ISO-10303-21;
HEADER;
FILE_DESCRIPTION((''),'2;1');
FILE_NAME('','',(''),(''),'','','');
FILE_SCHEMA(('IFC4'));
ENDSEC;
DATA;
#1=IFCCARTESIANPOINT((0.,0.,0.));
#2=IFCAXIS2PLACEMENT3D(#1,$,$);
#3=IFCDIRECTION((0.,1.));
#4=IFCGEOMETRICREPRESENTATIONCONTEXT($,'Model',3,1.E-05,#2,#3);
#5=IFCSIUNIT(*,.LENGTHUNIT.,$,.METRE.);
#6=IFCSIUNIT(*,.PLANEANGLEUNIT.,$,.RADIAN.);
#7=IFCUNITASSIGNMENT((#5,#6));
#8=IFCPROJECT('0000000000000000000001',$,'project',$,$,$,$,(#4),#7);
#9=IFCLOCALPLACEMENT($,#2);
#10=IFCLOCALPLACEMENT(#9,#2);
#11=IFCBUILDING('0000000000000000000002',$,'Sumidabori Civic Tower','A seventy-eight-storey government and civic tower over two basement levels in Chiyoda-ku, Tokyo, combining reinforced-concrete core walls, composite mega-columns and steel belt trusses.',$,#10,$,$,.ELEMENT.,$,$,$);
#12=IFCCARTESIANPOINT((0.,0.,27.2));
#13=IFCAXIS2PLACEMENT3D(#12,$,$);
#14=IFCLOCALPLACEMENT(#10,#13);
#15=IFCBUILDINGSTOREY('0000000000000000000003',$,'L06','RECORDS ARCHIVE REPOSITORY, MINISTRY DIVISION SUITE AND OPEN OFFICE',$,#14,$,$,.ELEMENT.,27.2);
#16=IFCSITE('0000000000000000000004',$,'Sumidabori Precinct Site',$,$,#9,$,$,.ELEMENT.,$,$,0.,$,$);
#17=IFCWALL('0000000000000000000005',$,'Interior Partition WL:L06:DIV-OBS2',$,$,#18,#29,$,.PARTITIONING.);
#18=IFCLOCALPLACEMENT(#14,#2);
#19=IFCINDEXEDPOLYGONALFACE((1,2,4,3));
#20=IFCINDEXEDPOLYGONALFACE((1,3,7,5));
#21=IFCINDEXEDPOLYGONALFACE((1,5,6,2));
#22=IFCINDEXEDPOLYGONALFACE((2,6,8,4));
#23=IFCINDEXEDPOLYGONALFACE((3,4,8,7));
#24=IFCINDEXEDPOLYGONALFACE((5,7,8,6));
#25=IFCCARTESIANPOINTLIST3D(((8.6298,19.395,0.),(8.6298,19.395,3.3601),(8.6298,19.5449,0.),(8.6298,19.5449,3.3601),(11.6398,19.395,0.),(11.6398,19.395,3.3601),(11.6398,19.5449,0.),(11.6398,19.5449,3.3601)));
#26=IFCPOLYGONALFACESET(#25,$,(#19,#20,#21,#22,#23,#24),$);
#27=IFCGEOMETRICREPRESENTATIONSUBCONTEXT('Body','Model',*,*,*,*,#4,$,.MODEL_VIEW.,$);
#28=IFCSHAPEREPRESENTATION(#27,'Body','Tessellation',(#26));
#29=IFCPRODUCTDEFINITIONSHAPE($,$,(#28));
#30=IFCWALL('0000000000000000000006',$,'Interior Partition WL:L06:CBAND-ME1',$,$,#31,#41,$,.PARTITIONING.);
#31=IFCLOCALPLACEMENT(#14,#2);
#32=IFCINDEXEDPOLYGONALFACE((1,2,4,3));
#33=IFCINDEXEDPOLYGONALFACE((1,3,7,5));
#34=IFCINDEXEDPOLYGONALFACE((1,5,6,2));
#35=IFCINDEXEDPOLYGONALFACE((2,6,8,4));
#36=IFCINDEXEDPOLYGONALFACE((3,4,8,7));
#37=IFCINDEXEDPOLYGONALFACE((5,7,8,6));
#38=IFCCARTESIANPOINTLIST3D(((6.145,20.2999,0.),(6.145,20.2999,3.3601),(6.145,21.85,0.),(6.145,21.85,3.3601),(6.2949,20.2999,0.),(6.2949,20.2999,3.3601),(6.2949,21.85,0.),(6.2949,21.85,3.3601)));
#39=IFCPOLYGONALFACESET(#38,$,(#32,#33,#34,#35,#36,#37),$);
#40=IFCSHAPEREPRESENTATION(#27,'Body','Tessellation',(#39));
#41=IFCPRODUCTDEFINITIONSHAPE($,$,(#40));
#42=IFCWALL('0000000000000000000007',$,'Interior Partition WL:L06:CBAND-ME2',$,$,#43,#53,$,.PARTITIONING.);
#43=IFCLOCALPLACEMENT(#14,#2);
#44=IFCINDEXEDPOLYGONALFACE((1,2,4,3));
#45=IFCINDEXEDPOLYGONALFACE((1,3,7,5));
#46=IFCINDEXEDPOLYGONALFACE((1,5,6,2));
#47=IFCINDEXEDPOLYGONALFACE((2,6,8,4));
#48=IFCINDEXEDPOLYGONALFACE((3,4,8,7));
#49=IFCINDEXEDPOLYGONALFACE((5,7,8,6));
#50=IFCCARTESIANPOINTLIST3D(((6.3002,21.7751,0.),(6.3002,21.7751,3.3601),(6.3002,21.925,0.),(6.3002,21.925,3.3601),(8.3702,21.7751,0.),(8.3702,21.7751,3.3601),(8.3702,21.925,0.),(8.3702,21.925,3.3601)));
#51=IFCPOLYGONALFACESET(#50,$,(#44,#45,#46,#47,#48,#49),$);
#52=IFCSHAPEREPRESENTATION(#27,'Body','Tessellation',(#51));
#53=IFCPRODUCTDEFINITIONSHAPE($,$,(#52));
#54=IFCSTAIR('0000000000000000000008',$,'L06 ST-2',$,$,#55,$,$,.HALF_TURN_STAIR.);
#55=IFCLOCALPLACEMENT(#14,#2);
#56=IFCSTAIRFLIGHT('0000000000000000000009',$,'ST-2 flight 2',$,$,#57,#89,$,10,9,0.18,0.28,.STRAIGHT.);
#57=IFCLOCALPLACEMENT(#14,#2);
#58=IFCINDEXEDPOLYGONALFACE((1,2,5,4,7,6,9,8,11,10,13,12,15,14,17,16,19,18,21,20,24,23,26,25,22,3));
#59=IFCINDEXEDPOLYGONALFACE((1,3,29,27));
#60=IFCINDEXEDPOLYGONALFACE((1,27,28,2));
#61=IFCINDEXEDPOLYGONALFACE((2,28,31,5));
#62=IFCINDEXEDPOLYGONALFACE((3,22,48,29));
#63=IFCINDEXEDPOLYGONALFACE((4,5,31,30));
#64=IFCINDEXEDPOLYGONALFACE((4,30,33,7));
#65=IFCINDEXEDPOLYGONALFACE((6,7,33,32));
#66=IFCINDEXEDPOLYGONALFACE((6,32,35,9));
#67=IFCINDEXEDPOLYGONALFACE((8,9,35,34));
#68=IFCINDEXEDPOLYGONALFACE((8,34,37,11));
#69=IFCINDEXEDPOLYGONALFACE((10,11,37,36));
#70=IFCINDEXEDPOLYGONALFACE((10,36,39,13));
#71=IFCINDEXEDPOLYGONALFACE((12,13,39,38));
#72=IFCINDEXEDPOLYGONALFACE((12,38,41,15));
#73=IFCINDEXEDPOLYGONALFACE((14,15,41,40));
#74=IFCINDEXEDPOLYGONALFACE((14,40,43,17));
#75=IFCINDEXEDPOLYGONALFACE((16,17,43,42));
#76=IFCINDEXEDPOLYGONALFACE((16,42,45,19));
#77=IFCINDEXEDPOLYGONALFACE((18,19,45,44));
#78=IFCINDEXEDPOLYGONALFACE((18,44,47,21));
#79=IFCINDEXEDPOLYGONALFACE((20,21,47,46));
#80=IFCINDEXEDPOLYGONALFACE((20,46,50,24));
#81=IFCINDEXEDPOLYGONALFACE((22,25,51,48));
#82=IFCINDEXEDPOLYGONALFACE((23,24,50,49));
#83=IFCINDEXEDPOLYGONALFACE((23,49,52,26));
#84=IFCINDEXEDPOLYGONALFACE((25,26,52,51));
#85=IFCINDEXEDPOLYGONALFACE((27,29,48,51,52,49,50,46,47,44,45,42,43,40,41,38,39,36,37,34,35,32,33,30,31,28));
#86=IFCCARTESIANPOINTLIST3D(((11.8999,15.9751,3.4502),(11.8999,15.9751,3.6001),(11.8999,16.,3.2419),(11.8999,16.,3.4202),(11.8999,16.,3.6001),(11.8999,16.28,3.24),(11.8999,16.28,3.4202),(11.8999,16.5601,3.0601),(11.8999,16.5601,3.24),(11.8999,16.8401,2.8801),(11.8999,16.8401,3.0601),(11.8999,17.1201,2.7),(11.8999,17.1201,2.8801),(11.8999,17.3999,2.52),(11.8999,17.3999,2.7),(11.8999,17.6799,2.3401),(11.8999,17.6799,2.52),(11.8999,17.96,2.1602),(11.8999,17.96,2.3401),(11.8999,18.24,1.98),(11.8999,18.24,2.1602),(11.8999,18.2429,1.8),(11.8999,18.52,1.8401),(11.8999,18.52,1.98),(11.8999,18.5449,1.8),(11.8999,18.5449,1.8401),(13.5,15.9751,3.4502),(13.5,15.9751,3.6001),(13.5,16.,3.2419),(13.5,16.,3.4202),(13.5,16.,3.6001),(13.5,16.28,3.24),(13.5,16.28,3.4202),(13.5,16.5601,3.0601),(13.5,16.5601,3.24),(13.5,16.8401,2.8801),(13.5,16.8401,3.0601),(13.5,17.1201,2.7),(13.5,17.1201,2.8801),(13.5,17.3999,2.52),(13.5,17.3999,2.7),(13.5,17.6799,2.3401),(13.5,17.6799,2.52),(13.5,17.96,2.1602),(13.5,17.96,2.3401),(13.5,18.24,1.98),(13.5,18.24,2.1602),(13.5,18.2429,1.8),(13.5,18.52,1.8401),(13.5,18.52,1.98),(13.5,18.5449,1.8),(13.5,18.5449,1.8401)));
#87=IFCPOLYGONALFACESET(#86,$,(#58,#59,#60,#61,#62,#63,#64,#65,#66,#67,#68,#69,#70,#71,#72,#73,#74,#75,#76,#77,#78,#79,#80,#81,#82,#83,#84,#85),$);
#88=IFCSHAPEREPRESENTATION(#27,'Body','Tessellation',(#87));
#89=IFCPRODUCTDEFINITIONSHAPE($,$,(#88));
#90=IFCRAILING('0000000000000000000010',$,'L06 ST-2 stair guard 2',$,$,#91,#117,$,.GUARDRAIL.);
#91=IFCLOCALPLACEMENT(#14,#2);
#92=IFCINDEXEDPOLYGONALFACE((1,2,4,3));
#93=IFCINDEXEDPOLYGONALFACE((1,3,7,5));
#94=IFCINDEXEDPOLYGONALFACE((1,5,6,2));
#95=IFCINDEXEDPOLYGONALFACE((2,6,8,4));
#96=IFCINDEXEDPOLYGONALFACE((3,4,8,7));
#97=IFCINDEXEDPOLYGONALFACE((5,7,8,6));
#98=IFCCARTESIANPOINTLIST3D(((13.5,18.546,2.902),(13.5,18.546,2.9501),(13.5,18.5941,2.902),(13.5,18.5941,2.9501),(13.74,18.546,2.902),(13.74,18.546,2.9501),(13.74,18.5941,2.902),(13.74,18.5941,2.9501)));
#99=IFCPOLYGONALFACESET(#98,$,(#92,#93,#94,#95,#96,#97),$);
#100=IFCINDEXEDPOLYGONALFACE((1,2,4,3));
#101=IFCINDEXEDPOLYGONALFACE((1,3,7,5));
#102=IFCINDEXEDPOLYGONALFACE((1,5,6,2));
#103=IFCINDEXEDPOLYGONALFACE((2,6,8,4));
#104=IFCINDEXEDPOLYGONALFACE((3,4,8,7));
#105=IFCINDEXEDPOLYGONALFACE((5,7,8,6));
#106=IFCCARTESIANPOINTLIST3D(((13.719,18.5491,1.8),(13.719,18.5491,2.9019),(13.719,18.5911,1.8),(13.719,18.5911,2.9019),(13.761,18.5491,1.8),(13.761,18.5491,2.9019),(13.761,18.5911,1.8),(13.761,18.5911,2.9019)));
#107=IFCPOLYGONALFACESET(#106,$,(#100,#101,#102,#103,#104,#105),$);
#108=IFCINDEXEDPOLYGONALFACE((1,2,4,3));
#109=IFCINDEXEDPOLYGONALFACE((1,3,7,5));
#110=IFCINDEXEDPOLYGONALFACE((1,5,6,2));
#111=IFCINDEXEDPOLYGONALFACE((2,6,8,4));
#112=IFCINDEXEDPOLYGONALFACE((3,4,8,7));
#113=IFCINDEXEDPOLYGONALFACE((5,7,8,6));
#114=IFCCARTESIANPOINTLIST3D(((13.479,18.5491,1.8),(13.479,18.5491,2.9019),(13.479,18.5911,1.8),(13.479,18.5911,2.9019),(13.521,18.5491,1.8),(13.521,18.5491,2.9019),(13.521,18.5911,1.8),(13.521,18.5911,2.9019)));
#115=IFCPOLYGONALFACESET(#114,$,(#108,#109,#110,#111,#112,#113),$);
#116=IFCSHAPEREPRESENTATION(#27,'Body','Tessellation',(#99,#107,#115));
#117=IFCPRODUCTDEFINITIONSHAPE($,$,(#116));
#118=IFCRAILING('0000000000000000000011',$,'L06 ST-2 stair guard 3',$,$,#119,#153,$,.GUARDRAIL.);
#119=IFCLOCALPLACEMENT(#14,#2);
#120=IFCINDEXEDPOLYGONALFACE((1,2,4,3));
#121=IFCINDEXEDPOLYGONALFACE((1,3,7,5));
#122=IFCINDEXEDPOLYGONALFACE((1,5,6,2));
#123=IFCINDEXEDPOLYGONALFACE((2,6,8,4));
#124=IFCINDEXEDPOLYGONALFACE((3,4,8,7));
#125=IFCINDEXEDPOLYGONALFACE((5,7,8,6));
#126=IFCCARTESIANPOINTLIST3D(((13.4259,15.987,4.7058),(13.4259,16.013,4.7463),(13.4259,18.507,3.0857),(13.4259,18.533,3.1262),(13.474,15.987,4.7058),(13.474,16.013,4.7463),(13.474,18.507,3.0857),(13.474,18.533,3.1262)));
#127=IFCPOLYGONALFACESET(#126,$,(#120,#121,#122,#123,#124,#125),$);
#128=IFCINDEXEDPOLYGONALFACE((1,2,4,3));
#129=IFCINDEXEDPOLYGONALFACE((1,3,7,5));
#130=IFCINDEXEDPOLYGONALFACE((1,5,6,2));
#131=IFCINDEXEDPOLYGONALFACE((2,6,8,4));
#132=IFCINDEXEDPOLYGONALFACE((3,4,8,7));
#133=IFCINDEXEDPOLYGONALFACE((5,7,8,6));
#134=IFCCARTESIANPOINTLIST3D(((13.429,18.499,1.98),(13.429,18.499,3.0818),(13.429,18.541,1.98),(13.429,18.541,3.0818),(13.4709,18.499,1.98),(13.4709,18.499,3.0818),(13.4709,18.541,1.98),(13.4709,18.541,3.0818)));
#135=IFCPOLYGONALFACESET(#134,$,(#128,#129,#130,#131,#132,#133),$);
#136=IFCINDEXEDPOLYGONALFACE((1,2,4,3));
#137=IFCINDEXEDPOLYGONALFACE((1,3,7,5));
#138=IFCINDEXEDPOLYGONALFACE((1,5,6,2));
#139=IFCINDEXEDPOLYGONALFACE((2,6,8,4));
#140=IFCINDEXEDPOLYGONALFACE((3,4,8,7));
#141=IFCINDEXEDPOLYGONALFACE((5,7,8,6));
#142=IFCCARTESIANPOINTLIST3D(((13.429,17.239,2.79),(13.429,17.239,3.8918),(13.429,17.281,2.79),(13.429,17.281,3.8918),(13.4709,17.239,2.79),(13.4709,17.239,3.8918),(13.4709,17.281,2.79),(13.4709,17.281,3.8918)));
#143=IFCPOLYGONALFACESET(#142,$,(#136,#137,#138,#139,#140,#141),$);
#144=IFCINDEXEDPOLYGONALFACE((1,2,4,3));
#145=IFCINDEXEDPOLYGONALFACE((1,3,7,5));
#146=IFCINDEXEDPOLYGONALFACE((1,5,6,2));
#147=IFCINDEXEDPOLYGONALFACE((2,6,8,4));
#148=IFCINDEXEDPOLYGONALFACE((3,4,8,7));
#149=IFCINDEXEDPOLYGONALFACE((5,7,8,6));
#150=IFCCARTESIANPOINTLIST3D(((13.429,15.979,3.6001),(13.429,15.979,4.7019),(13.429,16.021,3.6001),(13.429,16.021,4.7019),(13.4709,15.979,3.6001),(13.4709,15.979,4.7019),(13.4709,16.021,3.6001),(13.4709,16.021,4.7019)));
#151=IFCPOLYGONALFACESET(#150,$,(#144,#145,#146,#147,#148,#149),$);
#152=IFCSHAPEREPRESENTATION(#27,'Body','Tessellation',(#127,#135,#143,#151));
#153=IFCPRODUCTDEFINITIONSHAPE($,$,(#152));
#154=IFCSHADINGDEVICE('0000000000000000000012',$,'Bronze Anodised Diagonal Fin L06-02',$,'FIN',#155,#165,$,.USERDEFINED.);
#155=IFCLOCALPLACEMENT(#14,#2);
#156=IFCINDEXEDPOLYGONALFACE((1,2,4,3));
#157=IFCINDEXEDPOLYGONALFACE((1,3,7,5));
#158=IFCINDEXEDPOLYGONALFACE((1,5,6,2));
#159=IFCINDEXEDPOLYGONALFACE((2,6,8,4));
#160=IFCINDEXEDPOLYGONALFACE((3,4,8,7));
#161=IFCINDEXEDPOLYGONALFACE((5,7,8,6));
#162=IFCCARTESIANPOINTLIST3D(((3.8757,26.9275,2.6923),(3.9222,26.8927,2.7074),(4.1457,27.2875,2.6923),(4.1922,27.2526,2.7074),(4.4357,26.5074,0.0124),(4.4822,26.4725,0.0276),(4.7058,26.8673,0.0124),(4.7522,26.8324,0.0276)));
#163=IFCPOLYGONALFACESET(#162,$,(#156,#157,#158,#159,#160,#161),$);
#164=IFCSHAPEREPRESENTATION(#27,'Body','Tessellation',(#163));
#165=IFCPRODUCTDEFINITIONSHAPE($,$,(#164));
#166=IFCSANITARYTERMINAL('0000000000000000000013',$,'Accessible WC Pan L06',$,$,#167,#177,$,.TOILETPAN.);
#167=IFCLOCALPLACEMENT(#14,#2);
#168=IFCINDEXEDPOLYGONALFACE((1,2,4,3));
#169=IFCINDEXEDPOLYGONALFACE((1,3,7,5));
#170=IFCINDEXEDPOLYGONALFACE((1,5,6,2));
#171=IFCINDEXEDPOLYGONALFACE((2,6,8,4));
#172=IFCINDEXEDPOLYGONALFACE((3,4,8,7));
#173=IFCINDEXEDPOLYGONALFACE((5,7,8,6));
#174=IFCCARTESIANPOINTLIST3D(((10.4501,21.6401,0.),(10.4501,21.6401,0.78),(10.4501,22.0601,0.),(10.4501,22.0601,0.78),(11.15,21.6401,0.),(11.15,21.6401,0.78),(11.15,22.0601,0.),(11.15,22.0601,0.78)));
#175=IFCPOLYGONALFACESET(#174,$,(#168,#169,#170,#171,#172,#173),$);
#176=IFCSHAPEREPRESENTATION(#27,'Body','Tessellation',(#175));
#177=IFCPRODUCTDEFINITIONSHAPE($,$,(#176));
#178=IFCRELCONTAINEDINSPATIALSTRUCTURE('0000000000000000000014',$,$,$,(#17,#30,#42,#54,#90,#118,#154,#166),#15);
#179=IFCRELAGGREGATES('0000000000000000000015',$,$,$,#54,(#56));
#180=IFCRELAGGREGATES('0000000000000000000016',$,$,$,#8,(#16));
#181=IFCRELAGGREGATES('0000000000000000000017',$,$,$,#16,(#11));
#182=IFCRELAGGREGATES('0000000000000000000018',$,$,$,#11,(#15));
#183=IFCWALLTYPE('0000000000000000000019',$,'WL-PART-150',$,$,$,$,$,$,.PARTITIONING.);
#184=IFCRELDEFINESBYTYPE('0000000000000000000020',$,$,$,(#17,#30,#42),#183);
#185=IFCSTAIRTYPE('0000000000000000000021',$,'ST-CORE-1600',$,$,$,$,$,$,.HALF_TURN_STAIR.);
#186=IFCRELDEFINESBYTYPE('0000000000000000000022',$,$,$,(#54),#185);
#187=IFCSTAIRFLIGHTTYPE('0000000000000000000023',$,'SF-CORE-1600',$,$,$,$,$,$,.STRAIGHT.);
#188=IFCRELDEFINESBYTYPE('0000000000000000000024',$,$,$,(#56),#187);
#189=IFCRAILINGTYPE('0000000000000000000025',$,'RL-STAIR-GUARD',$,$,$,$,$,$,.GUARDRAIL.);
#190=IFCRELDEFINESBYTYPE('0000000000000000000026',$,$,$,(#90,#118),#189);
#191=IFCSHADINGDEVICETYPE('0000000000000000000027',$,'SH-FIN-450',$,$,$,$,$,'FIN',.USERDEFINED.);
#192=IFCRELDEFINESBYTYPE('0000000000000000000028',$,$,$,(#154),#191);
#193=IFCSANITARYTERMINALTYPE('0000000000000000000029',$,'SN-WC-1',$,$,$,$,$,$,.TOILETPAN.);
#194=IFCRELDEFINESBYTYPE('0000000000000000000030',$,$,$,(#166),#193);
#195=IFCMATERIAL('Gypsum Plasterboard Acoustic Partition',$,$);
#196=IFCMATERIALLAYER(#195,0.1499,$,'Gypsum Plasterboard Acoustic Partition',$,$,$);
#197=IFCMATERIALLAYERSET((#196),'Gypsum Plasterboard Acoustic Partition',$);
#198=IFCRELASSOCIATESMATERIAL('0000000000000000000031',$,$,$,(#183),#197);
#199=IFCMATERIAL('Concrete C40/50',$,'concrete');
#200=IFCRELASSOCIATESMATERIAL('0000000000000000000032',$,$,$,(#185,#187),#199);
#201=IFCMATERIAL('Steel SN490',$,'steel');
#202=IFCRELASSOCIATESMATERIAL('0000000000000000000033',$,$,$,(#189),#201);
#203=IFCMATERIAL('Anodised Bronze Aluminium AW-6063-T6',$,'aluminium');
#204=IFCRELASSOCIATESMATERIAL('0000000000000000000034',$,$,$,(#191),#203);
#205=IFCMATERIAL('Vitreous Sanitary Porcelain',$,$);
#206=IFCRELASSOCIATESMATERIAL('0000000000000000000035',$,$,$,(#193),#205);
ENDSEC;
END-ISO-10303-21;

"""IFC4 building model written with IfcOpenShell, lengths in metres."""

from ifc_helpers import new_model, si_unit, direction, frame, frame_2d, origin, origin_2d, place, context, subcontext, project, spatial, polyline, rectangle, outline, extrude, source, transform, mapped, material, layer, layer_set, material_profile, profile_set, type_object, element, aggregate, save


model = new_model("IFC4")

# Units and contexts
model_context = context("Model", 3, precision=1e-05, world=origin(), true_north=direction((0.0, 1.0)))
body_context = subcontext(model_context, "Body", "Model", "MODEL_VIEW")
ifc_project = project(units=[si_unit("LENGTHUNIT", "METRE"), si_unit("PLANEANGLEUNIT", "RADIAN")], contexts=[model_context])

# Site, building, storey
site_placement = place(None, origin())
site = spatial("IfcSite", under=ifc_project, at=site_placement, Name="Sumidabori Precinct Site", CompositionType="ELEMENT", RefElevation=0.0)
building_placement = place(site_placement, origin())
building = spatial("IfcBuilding", under=site, at=building_placement, Name="Sumidabori Civic Tower", Description="A seventy-eight-storey government and civic tower over two basement levels in Chiyoda-ku, Tokyo, combining reinforced-concrete core walls, composite mega-columns and steel belt trusses.", CompositionType="ELEMENT")
storey_placement = place(building_placement, frame((0.0, 0.0, 27.2)))
storey = spatial("IfcBuildingStorey", under=building, at=storey_placement, Name="L06", Description="RECORDS ARCHIVE REPOSITORY, MINISTRY DIVISION SUITE AND OPEN OFFICE", CompositionType="ELEMENT", Elevation=27.2)

# Shared definitions
ifc_material_1 = material(Name="Steel SN490", Category="steel")

# Shared definitions
ifc_material_2 = material(Name="Anodised Bronze Aluminium AW-6063-T6", Category="aluminium")

# Walls
ifc_material_3 = material(Name="Gypsum Plasterboard Acoustic Partition")
ifc_layer_1 = layer(ifc_material_3, 0.1499, Name="Gypsum Plasterboard Acoustic Partition")
ifc_layer_set_1 = layer_set([ifc_layer_1], Name="Gypsum Plasterboard Acoustic Partition")
wall_type_1 = type_object("IfcWallType", Name="WL-PART-150", PredefinedType="PARTITIONING", material=ifc_layer_set_1)
shared_shape_1 = source(origin(), body_context, "Body", "SweptSolid", [
    extrude(rectangle(XDim=3.01, YDim=0.1499, at=frame_2d((1.5049, 0.0))), origin(), (0.0, 0.0, 1.0), 3.3601),
])
wall_1_placement = place(storey_placement, frame((8.6299, 19.47, 0.0), z_axis=(0.0, 0.0, 1.0), x_axis=(1.0, 0.0, 0.0)))
element("IfcWall", 1, at=wall_1_placement, inside=storey, type_object=wall_type_1, Name="Interior Partition WL:L06:DIV-OBS2", PredefinedType="PARTITIONING", context=body_context, shape_type="MappedRepresentation", body=[
    mapped(shared_shape_1, transform((0.0, 0.0, 0.0), x_axis=(1.0, 0.0, 0.0), y_axis=(0.0, 1.0, 0.0), z_axis=(0.0, 0.0, 1.0), scale=1.0)),
])
shared_shape_2 = source(origin(), body_context, "Body", "SweptSolid", [
    extrude(rectangle(XDim=1.55, YDim=0.1499, at=frame_2d((0.7749, 0.0))), origin(), (0.0, 0.0, 1.0), 3.3601),
])
wall_2_placement = place(storey_placement, frame((6.22, 20.3, 0.0), z_axis=(0.0, 0.0, 1.0), x_axis=(0.0, 1.0, 0.0)))
element("IfcWall", 2, at=wall_2_placement, inside=storey, type_object=wall_type_1, Name="Interior Partition WL:L06:CBAND-ME1", PredefinedType="PARTITIONING", context=body_context, shape_type="MappedRepresentation", body=[
    mapped(shared_shape_2, transform((0.0, 0.0, 0.0), x_axis=(1.0, 0.0, 0.0), y_axis=(0.0, 1.0, 0.0), z_axis=(0.0, 0.0, 1.0), scale=1.0)),
])
shared_shape_3 = source(origin(), body_context, "Body", "SweptSolid", [
    extrude(rectangle(XDim=2.0701, YDim=0.1499, at=frame_2d((1.0352, 0.0))), origin(), (0.0, 0.0, 1.0), 3.3601),
])
wall_3_placement = place(storey_placement, frame((6.3, 21.8501, 0.0), z_axis=(0.0, 0.0, 1.0), x_axis=(1.0, 0.0, 0.0)))
element("IfcWall", 3, at=wall_3_placement, inside=storey, type_object=wall_type_1, Name="Interior Partition WL:L06:CBAND-ME2", PredefinedType="PARTITIONING", context=body_context, shape_type="MappedRepresentation", body=[
    mapped(shared_shape_3, transform((0.0, 0.0, 0.0), x_axis=(1.0, 0.0, 0.0), y_axis=(0.0, 1.0, 0.0), z_axis=(0.0, 0.0, 1.0), scale=1.0)),
])

# Stair, stair flight
ifc_material_4 = material(Name="Concrete C40/50", Category="concrete")
stair_type = type_object("IfcStairType", Name="ST-CORE-1600", PredefinedType="HALF_TURN_STAIR", material=ifc_material_4)
stair_placement = place(storey_placement, origin())
stair = element("IfcStair", 4, at=stair_placement, inside=storey, type_object=stair_type, Name="L06 ST-2", PredefinedType="HALF_TURN_STAIR")
stair_flight_type = type_object("IfcStairFlightType", Name="SF-CORE-1600", PredefinedType="STRAIGHT", material=ifc_material_4)
shared_shape_4 = source(origin(), body_context, "Body", "SweptSolid", [
    extrude(outline(polyline([(-0.0249, 0.0), (-0.0249, 0.04), (0.0, 0.04), (0.0, 0.1799), (0.28, 0.1799), (0.28, 0.3601), (0.5601, 0.3601), (0.5601, 0.54), (0.8401, 0.54), (0.8401, 0.72), (1.1201, 0.72), (1.1201, 0.8999), (1.3999, 0.8999), (1.3999, 1.0801), (1.6799, 1.0801), (1.6799, 1.26), (1.96, 1.26), (1.96, 1.4399), (2.24, 1.4399), (2.24, 1.6201), (2.52, 1.6201), (2.52, 1.8), (2.5449, 1.8), (2.5449, 1.6501), (2.52, 1.4419), (0.2771, 0.0), (-0.0249, 0.0)])), frame((0.0, 0.8, 0.0), z_axis=(0.0, -1.0, 0.0), x_axis=(1.0, 0.0, 0.0)), (0.0, 0.0, 1.0), 1.6001),
])
stair_flight_placement = place(storey_placement, frame((12.7, 18.52, 1.8), z_axis=(0.0, 0.0, 1.0), x_axis=(0.0, -1.0, 0.0)))
stair_flight = element("IfcStairFlight", 5, at=stair_flight_placement, type_object=stair_flight_type, Name="ST-2 flight 2", NumberOfRisers=10, NumberOfTreads=9, PredefinedType="STRAIGHT", RiserHeight=0.18, TreadLength=0.28, context=body_context, shape_type="MappedRepresentation", body=[
    mapped(shared_shape_4, transform((0.0, 0.0, 0.0), x_axis=(1.0, 0.0, 0.0), y_axis=(0.0, 1.0, 0.0), z_axis=(0.0, 0.0, 1.0), scale=1.0)),
])
aggregate(stair, [stair_flight])

# Railings
railing_type = type_object("IfcRailingType", Name="RL-STAIR-GUARD", PredefinedType="GUARDRAIL", material=ifc_material_1)
railing_1_placement = place(storey_placement, frame((13.74, 18.5701, 1.8)))
element("IfcRailing", 6, at=railing_1_placement, inside=storey, type_object=railing_type, Name="L06 ST-2 stair guard 2", PredefinedType="GUARDRAIL", context=body_context, shape_type="SweptSolid", body=[
    extrude(rectangle(XDim=0.0481, YDim=0.0481, at=origin_2d()), frame((0.0, 0.0, 1.126), z_axis=(-1.0, 0.0, 0.0), x_axis=(0.0, -1.0, 0.0)), (0.0, 0.0, 1.0), 0.24),
    extrude(rectangle(XDim=0.042, YDim=0.042, at=origin_2d()), origin(), (0.0, 0.0, 1.0), 1.1018),
    extrude(rectangle(XDim=0.042, YDim=0.042, at=origin_2d()), frame((-0.24, 0.0, 0.0)), (0.0, 0.0, 1.0), 1.1018),
])
railing_2_placement = place(storey_placement, frame((13.45, 18.52, 1.98)))
element("IfcRailing", 7, at=railing_2_placement, inside=storey, type_object=railing_type, Name="L06 ST-2 stair guard 3", PredefinedType="GUARDRAIL", context=body_context, shape_type="SweptSolid", body=[
    extrude(rectangle(XDim=0.0481, YDim=0.0481, at=origin_2d()), frame((0.0, 0.0, 1.126), z_axis=(0.0, -0.841163, 0.540782), x_axis=(1.0, 0.0, 0.0)), (0.0, 0.0, 1.0), 2.9958),
    extrude(rectangle(XDim=0.042, YDim=0.042, at=origin_2d()), origin(), (0.0, 0.0, 1.0), 1.1018),
    extrude(rectangle(XDim=0.042, YDim=0.042, at=origin_2d()), frame((0.0, -1.26, 0.8101)), (0.0, 0.0, 1.0), 1.1018),
    extrude(rectangle(XDim=0.042, YDim=0.042, at=origin_2d()), frame((0.0, -2.52, 1.6201)), (0.0, 0.0, 1.0), 1.1018),
])

# Shading device
ifc_material_profile_1 = material_profile(ifc_material_2, rectangle(XDim=0.0601, YDim=0.45, at=origin_2d()), Name="BRONZE FIN 450x60")
ifc_profile_set_1 = profile_set([ifc_material_profile_1], Name="Anodised Bronze Aluminium AW-6063-T6")
shading_device_type = type_object("IfcShadingDeviceType", Name="SH-FIN-450", ElementType="FIN", PredefinedType="USERDEFINED", material=ifc_profile_set_1)
shared_shape_5 = source(origin(), body_context, "Body", "SweptSolid", [
    extrude(rectangle(XDim=0.0601, YDim=0.45, at=origin_2d()), origin(), (0.0, 0.0, 1.0), 2.7698),
])
shading_device_placement = place(storey_placement, frame((4.594, 26.6699, 0.02), z_axis=(-0.202196, 0.151691, 0.967526), x_axis=(0.77394, -0.580624, 0.252771)))
element("IfcShadingDevice", 8, at=shading_device_placement, inside=storey, type_object=shading_device_type, Name="Bronze Anodised Diagonal Fin L06-02", ObjectType="FIN", PredefinedType="USERDEFINED", context=body_context, shape_type="MappedRepresentation", body=[
    mapped(shared_shape_5, transform((0.0, 0.0, 0.0), x_axis=(1.0, 0.0, 0.0), y_axis=(0.0, 1.0, 0.0), z_axis=(0.0, 0.0, 1.0), scale=1.0)),
])

# Sanitary terminal
ifc_material_5 = material(Name="Vitreous Sanitary Porcelain")
sanitary_terminal_type_1 = type_object("IfcSanitaryTerminalType", Name="SN-WC-1", PredefinedType="TOILETPAN", material=ifc_material_5)
shared_shape_6 = source(origin(), body_context, "Body", "SweptSolid", [
    extrude(rectangle(XDim=0.7, YDim=0.4199, at=origin_2d()), origin(), (0.0, 0.0, 1.0), 0.78),
])
sanitary_terminal_1_placement = place(storey_placement, frame((10.8, 21.8501, 0.0), z_axis=(0.0, 0.0, 1.0), x_axis=(1.0, 0.0, 0.0)))
element("IfcSanitaryTerminal", 9, at=sanitary_terminal_1_placement, inside=storey, type_object=sanitary_terminal_type_1, Name="Accessible WC Pan L06", PredefinedType="TOILETPAN", context=body_context, shape_type="MappedRepresentation", body=[
    mapped(shared_shape_6, transform((0.0, 0.0, 0.0), x_axis=(1.0, 0.0, 0.0), y_axis=(0.0, 1.0, 0.0), z_axis=(0.0, 0.0, 1.0), scale=1.0)),
])

save(model, "model.ifc")
